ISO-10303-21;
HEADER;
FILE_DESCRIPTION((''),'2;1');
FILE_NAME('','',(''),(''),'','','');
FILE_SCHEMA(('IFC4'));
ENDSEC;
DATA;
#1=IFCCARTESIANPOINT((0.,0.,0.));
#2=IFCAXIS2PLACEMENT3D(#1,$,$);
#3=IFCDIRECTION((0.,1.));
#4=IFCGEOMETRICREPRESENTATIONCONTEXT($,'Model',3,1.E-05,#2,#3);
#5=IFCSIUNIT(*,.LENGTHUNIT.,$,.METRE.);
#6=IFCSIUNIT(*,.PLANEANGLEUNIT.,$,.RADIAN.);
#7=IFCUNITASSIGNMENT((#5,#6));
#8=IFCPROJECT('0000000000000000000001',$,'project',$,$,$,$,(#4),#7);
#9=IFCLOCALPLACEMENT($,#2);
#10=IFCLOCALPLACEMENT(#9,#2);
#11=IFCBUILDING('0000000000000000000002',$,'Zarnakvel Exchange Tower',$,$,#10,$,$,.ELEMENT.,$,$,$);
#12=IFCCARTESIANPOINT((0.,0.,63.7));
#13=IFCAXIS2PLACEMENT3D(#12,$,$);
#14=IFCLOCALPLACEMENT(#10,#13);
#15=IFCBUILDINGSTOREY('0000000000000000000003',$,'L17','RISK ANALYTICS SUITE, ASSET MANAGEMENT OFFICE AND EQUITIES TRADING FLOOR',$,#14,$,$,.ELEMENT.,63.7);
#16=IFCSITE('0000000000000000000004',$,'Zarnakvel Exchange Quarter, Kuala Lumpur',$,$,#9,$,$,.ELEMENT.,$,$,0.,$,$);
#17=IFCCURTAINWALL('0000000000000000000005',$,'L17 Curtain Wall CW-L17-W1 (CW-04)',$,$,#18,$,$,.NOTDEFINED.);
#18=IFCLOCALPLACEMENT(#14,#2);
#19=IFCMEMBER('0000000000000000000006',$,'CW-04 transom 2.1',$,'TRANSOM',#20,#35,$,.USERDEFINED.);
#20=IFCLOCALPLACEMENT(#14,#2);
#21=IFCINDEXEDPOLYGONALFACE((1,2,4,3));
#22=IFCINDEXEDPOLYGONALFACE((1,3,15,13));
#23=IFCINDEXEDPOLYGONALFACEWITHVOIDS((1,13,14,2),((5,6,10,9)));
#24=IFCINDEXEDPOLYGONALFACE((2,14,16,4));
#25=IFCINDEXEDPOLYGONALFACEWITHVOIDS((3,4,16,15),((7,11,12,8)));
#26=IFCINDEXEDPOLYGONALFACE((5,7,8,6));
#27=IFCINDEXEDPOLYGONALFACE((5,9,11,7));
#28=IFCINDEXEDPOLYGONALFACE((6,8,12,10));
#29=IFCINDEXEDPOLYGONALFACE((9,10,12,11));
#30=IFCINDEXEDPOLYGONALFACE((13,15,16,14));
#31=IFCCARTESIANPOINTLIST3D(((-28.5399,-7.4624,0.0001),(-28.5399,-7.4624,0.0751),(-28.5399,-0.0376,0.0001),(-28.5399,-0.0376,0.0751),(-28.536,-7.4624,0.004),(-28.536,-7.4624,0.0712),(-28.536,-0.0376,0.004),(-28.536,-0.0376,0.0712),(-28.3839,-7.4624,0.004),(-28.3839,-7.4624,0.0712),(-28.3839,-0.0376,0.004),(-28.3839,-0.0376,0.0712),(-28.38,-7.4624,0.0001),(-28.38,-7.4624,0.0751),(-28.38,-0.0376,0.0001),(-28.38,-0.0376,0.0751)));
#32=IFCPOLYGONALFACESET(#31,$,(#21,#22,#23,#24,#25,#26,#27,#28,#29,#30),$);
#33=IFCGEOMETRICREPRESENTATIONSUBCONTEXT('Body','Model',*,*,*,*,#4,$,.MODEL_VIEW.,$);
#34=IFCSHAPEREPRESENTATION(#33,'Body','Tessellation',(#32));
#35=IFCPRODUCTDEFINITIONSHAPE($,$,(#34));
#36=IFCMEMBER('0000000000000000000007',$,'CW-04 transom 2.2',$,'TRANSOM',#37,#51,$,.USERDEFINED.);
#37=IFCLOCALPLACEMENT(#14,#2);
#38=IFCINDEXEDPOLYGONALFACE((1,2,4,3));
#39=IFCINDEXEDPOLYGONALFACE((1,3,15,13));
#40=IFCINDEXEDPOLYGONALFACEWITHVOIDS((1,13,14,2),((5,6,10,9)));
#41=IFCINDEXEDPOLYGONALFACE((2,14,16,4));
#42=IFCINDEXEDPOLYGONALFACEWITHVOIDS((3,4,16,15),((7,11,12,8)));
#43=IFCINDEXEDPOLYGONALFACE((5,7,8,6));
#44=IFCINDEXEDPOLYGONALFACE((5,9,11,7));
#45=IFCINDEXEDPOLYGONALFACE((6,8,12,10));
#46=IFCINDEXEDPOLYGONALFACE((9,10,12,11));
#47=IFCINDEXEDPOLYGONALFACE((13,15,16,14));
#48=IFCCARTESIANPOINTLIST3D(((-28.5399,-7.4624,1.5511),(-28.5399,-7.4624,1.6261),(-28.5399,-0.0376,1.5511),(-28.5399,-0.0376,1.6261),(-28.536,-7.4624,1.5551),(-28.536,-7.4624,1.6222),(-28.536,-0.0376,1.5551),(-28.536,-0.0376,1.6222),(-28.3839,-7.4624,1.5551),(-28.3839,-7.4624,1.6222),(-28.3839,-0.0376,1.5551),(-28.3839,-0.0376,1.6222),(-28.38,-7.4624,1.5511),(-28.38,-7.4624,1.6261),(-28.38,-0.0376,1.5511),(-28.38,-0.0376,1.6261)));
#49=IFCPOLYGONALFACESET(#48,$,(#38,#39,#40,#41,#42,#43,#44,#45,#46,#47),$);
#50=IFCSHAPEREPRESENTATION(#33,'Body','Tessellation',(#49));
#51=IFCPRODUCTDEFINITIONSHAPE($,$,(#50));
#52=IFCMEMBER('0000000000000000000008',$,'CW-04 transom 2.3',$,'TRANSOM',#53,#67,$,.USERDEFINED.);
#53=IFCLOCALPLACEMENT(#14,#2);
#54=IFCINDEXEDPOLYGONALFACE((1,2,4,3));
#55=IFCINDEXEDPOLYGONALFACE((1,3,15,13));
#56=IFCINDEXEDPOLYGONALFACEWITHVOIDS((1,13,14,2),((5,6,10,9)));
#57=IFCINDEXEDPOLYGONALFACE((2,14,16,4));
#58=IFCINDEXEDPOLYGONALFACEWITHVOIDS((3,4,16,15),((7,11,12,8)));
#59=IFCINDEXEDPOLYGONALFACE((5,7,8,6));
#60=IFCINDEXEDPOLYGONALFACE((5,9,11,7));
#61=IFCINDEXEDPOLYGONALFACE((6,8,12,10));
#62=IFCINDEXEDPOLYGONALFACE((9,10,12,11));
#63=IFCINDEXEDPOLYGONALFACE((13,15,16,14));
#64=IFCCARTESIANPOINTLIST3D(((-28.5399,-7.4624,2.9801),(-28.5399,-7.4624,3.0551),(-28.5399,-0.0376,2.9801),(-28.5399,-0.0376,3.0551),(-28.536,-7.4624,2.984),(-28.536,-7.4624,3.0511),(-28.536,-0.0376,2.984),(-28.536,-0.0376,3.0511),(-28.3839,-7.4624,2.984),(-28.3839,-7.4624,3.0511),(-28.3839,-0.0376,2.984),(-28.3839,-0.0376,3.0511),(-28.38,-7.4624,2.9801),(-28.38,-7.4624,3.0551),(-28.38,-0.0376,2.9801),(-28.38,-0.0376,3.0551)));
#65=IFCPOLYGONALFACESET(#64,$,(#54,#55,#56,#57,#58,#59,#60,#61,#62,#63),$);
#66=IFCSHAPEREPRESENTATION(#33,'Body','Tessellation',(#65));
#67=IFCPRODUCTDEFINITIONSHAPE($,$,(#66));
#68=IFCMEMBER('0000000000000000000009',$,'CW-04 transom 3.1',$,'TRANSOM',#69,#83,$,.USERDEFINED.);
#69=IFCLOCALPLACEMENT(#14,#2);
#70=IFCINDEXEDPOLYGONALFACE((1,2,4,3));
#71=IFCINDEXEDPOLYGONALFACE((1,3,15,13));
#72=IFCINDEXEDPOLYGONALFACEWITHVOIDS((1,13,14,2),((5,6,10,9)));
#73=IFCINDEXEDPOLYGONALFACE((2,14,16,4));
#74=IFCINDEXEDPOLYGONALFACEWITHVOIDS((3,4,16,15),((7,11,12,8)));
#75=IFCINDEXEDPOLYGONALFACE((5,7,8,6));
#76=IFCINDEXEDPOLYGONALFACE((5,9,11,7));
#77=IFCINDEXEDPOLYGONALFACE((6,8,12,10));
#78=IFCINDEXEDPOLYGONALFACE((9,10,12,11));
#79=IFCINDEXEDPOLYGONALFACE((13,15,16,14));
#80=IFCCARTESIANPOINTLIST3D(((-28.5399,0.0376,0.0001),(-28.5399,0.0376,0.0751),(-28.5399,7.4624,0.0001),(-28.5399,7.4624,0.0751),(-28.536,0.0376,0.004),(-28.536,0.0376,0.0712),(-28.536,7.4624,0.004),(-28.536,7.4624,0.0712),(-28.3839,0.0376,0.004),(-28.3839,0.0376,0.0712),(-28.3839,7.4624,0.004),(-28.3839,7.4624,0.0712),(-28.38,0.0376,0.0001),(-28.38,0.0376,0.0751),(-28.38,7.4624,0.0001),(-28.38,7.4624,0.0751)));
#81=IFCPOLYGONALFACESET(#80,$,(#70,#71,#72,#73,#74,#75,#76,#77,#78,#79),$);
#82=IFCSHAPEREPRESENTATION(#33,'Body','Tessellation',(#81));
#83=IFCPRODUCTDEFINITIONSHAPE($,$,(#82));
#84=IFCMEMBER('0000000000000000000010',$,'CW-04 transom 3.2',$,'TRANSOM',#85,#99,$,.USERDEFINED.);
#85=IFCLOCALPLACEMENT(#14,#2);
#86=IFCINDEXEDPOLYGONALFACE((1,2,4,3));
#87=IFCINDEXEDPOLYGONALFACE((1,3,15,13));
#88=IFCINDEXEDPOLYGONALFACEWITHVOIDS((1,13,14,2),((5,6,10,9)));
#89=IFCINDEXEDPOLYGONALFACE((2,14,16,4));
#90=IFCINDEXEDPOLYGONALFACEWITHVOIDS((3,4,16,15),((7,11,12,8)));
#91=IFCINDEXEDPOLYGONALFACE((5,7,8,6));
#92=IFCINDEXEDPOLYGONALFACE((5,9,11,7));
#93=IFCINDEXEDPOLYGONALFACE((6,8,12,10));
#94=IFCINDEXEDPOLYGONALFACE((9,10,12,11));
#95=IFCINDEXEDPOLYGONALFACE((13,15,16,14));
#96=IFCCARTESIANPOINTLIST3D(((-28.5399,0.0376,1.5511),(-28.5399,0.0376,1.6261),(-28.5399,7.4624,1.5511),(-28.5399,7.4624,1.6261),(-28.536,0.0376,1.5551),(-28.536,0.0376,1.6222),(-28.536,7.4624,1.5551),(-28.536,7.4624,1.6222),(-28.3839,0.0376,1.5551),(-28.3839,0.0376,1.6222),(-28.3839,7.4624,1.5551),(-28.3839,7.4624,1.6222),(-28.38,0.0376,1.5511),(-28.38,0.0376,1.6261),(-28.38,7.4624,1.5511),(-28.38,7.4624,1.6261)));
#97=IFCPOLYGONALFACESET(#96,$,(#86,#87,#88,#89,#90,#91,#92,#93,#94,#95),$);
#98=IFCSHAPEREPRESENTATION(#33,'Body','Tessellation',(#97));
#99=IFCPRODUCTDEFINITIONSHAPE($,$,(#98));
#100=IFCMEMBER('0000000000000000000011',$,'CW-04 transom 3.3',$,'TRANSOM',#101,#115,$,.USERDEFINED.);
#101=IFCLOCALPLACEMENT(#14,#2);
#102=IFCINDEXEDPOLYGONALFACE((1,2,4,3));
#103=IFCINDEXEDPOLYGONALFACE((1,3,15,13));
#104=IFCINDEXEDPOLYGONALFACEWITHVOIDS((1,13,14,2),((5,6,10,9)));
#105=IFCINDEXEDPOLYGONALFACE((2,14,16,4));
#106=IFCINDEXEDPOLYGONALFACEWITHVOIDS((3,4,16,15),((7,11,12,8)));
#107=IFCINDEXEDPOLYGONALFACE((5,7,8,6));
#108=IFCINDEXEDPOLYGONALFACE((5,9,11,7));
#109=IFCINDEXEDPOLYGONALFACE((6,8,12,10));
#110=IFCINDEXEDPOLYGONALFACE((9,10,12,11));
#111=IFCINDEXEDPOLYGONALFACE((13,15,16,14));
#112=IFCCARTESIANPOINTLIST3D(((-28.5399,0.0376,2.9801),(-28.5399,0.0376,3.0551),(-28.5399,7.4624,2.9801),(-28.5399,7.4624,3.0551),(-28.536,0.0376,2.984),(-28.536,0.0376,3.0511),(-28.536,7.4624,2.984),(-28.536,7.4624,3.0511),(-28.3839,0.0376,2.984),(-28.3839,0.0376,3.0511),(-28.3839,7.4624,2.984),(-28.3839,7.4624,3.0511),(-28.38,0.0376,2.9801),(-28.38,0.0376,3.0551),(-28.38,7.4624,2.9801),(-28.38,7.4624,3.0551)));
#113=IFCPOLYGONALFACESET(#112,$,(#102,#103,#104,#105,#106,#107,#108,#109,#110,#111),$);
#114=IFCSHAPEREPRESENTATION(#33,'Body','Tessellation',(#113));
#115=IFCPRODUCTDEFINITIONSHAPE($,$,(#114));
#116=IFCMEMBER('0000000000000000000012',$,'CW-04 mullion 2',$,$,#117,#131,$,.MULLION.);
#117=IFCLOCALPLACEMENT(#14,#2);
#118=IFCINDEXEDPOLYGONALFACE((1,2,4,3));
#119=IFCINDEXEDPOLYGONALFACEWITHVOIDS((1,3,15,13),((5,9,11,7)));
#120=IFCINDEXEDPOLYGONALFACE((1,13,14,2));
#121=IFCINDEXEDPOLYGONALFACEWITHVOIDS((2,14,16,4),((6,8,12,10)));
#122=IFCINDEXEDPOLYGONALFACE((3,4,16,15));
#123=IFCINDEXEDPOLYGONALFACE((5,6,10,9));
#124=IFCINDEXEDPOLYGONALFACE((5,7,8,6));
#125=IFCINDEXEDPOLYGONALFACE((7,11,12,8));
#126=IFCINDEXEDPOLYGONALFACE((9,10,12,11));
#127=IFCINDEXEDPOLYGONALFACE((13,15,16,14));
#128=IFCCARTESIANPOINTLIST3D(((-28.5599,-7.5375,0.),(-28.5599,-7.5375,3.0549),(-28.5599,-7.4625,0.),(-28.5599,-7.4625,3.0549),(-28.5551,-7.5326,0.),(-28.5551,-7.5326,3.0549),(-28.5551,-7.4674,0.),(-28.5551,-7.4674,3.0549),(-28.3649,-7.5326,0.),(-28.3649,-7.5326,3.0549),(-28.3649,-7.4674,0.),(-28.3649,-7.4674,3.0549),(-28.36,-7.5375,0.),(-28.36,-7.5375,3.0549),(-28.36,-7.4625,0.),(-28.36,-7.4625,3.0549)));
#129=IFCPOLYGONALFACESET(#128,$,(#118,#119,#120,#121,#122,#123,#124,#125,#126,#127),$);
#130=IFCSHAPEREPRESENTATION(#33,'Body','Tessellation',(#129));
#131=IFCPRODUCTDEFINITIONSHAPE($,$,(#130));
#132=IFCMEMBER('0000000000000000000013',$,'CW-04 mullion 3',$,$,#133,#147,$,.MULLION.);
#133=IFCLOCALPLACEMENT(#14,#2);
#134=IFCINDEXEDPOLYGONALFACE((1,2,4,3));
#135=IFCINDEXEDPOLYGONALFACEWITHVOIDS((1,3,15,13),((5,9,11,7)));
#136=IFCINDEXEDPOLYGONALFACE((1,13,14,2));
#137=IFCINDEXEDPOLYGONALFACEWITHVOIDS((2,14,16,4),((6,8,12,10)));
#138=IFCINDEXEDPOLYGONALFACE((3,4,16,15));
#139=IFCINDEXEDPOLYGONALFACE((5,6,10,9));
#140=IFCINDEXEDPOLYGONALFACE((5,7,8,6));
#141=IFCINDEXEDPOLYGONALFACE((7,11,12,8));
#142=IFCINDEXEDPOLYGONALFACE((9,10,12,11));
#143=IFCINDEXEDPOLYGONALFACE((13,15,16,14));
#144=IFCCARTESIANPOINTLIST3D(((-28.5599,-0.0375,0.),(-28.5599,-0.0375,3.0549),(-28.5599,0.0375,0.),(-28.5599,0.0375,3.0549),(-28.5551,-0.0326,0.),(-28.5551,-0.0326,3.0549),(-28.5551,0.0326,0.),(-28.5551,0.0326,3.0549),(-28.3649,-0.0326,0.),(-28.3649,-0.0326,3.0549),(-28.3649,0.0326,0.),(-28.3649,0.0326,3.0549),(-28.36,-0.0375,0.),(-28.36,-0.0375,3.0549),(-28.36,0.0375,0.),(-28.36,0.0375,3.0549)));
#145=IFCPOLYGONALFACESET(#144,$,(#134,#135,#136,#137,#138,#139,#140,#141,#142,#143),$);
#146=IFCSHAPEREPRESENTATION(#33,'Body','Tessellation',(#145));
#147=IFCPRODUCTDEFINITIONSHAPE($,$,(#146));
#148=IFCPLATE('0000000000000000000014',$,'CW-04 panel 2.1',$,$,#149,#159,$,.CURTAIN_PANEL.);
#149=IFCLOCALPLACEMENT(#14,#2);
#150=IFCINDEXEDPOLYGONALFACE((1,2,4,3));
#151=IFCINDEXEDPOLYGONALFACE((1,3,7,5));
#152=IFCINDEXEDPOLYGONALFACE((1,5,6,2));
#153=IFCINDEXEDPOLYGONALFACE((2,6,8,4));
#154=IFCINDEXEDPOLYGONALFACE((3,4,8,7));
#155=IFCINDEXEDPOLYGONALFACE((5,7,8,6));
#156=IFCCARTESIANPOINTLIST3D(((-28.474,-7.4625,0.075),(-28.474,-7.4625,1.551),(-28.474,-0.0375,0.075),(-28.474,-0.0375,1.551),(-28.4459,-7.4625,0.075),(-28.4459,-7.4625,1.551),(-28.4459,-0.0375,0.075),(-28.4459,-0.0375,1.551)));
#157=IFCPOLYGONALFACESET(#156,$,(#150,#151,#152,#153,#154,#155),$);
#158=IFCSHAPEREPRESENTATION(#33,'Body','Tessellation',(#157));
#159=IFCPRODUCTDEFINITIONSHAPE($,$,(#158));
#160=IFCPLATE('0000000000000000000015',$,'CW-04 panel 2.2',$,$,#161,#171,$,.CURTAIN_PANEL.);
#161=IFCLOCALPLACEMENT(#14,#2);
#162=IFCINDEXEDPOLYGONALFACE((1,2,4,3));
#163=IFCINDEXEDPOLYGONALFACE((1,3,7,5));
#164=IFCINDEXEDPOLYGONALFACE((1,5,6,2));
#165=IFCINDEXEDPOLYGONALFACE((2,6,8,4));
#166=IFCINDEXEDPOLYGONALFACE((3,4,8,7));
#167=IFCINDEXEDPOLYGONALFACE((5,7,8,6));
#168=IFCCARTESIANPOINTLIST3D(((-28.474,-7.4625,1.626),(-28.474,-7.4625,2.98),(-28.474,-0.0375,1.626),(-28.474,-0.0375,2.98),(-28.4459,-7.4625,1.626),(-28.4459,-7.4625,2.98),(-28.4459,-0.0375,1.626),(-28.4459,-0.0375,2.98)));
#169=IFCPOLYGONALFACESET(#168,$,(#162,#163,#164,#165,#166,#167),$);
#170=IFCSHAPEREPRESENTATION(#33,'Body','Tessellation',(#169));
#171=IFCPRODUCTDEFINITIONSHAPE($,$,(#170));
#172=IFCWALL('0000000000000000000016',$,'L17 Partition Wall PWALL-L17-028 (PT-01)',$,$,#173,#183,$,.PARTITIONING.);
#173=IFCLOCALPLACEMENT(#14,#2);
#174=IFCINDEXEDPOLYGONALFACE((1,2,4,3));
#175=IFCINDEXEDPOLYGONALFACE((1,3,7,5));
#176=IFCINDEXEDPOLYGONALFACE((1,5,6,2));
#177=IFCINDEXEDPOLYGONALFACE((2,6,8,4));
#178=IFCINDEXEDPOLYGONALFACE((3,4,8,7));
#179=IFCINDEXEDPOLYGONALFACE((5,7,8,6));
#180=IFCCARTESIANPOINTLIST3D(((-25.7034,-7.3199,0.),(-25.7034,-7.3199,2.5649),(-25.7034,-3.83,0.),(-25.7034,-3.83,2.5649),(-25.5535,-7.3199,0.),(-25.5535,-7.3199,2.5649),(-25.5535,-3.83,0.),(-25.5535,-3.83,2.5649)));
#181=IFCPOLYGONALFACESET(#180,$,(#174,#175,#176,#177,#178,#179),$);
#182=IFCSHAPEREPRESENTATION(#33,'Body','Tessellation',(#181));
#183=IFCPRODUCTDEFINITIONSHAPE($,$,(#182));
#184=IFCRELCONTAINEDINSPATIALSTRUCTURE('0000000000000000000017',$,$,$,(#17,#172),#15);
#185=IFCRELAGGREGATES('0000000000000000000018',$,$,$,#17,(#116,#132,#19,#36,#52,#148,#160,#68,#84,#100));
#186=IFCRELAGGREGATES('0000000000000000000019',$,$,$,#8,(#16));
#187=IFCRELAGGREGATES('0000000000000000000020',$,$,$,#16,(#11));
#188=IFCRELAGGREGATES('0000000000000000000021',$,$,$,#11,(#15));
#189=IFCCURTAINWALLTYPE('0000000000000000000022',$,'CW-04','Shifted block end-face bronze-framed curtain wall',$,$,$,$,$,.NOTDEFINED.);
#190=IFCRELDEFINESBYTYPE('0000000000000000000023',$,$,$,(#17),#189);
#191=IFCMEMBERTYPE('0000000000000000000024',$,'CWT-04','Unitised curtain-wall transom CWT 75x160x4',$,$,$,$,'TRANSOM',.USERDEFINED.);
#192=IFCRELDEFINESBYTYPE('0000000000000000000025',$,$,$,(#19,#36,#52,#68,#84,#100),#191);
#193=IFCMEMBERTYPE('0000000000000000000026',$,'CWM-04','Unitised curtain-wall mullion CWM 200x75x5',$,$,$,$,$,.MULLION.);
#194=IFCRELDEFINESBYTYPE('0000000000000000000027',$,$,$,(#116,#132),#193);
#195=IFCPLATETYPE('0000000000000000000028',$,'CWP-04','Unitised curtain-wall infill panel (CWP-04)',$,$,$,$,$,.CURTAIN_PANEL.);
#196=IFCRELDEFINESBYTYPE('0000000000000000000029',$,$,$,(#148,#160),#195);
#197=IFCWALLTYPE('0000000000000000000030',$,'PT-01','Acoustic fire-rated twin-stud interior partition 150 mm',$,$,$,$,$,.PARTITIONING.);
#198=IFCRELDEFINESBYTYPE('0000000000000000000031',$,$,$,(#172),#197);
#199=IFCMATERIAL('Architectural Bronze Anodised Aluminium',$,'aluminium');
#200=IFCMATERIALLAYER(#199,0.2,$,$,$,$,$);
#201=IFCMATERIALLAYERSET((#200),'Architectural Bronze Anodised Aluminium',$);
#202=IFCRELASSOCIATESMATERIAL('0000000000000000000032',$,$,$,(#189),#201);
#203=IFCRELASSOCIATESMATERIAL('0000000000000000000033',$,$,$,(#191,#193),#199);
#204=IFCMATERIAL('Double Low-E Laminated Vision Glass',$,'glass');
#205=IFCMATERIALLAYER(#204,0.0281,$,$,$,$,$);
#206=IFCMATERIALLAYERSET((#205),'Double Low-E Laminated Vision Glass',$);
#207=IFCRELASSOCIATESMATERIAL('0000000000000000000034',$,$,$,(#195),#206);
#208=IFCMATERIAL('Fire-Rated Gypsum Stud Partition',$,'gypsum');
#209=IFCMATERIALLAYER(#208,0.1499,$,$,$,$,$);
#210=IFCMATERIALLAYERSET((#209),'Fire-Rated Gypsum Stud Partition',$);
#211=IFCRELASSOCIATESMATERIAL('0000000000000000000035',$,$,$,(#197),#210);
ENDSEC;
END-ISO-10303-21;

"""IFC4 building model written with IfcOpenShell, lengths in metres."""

from ifc_helpers import new_model, si_unit, direction, frame, frame_2d, origin, origin_2d, place, context, subcontext, project, spatial, rectangle, hollow_rectangle, extrude, source, transform, mapped, material, layer, layer_set, material_profile, profile_set, type_object, element, aggregate, save


model = new_model("IFC4")

# Units and contexts
model_context = context("Model", 3, precision=1e-05, world=origin(), true_north=direction((0.0, 1.0)))
body_context = subcontext(model_context, "Body", "Model", "MODEL_VIEW")
ifc_project = project(units=[si_unit("LENGTHUNIT", "METRE"), si_unit("PLANEANGLEUNIT", "RADIAN")], contexts=[model_context])

# Site, building, storey
site_placement = place(None, origin())
site = spatial("IfcSite", under=ifc_project, at=site_placement, Name="Zarnakvel Exchange Quarter, Kuala Lumpur", CompositionType="ELEMENT", RefElevation=0.0)
building_placement = place(site_placement, origin())
building = spatial("IfcBuilding", under=site, at=building_placement, Name="Zarnakvel Exchange Tower", CompositionType="ELEMENT")
storey_placement = place(building_placement, frame((0.0, 0.0, 63.7)))
storey = spatial("IfcBuildingStorey", under=building, at=storey_placement, Name="L17", Description="RISK ANALYTICS SUITE, ASSET MANAGEMENT OFFICE AND EQUITIES TRADING FLOOR", CompositionType="ELEMENT", Elevation=63.7)

# Curtain wall, members, plates
ifc_material_1 = material(Name="Architectural Bronze Anodised Aluminium", Category="aluminium")
ifc_layer_1 = layer(ifc_material_1, 0.2)
ifc_layer_set_1 = layer_set([ifc_layer_1], Name="Architectural Bronze Anodised Aluminium")
curtain_wall_type = type_object("IfcCurtainWallType", Name="CW-04", Description="Shifted block end-face bronze-framed curtain wall", PredefinedType="NOTDEFINED", material=ifc_layer_set_1)
curtain_wall_placement = place(storey_placement, origin())
curtain_wall = element("IfcCurtainWall", 1, at=curtain_wall_placement, inside=storey, type_object=curtain_wall_type, Name="L17 Curtain Wall CW-L17-W1 (CW-04)", PredefinedType="NOTDEFINED")
ifc_material_profile_1 = material_profile(ifc_material_1, hollow_rectangle(XDim=0.1599, YDim=0.075, WallThickness=0.0039, at=origin_2d()))
ifc_profile_set_1 = profile_set([ifc_material_profile_1], Name="Architectural Bronze Anodised Aluminium")
member_type_1 = type_object("IfcMemberType", Name="CWT-04", Description="Unitised curtain-wall transom CWT 75x160x4", ElementType="TRANSOM", PredefinedType="USERDEFINED", material=ifc_profile_set_1)
shared_shape_1 = source(origin(), body_context, "Body", "SweptSolid", [
    extrude(hollow_rectangle(XDim=0.1599, YDim=0.075, WallThickness=0.0039, at=origin_2d()), origin(), (0.0, 0.0, 1.0), 7.4248),
])
member_1_placement = place(storey_placement, frame((-28.46, -7.4624, 0.0376), z_axis=(0.0, 1.0, 0.0), x_axis=(-1.0, 0.0, 0.0)))
member_1 = element("IfcMember", 2, at=member_1_placement, type_object=member_type_1, Name="CW-04 transom 2.1", ObjectType="TRANSOM", PredefinedType="USERDEFINED", context=body_context, shape_type="MappedRepresentation", body=[
    mapped(shared_shape_1, transform((0.0, 0.0, 0.0), x_axis=(1.0, 0.0, 0.0), y_axis=(0.0, 1.0, 0.0), z_axis=(0.0, 0.0, 1.0), scale=1.0)),
])
member_2_placement = place(storey_placement, frame((-28.46, -7.4624, 1.5886), z_axis=(0.0, 1.0, 0.0), x_axis=(-1.0, 0.0, 0.0)))
member_2 = element("IfcMember", 3, at=member_2_placement, type_object=member_type_1, Name="CW-04 transom 2.2", ObjectType="TRANSOM", PredefinedType="USERDEFINED", context=body_context, shape_type="MappedRepresentation", body=[
    mapped(shared_shape_1, transform((0.0, 0.0, 0.0), x_axis=(1.0, 0.0, 0.0), y_axis=(0.0, 1.0, 0.0), z_axis=(0.0, 0.0, 1.0), scale=1.0)),
])
member_3_placement = place(storey_placement, frame((-28.46, -7.4624, 3.0176), z_axis=(0.0, 1.0, 0.0), x_axis=(-1.0, 0.0, 0.0)))
member_3 = element("IfcMember", 4, at=member_3_placement, type_object=member_type_1, Name="CW-04 transom 2.3", ObjectType="TRANSOM", PredefinedType="USERDEFINED", context=body_context, shape_type="MappedRepresentation", body=[
    mapped(shared_shape_1, transform((0.0, 0.0, 0.0), x_axis=(1.0, 0.0, 0.0), y_axis=(0.0, 1.0, 0.0), z_axis=(0.0, 0.0, 1.0), scale=1.0)),
])
member_4_placement = place(storey_placement, frame((-28.46, 0.0376, 0.0376), z_axis=(0.0, 1.0, 0.0), x_axis=(-1.0, 0.0, 0.0)))
member_4 = element("IfcMember", 5, at=member_4_placement, type_object=member_type_1, Name="CW-04 transom 3.1", ObjectType="TRANSOM", PredefinedType="USERDEFINED", context=body_context, shape_type="MappedRepresentation", body=[
    mapped(shared_shape_1, transform((0.0, 0.0, 0.0), x_axis=(1.0, 0.0, 0.0), y_axis=(0.0, 1.0, 0.0), z_axis=(0.0, 0.0, 1.0), scale=1.0)),
])
member_5_placement = place(storey_placement, frame((-28.46, 0.0376, 1.5886), z_axis=(0.0, 1.0, 0.0), x_axis=(-1.0, 0.0, 0.0)))
member_5 = element("IfcMember", 6, at=member_5_placement, type_object=member_type_1, Name="CW-04 transom 3.2", ObjectType="TRANSOM", PredefinedType="USERDEFINED", context=body_context, shape_type="MappedRepresentation", body=[
    mapped(shared_shape_1, transform((0.0, 0.0, 0.0), x_axis=(1.0, 0.0, 0.0), y_axis=(0.0, 1.0, 0.0), z_axis=(0.0, 0.0, 1.0), scale=1.0)),
])
member_6_placement = place(storey_placement, frame((-28.46, 0.0376, 3.0176), z_axis=(0.0, 1.0, 0.0), x_axis=(-1.0, 0.0, 0.0)))
member_6 = element("IfcMember", 7, at=member_6_placement, type_object=member_type_1, Name="CW-04 transom 3.3", ObjectType="TRANSOM", PredefinedType="USERDEFINED", context=body_context, shape_type="MappedRepresentation", body=[
    mapped(shared_shape_1, transform((0.0, 0.0, 0.0), x_axis=(1.0, 0.0, 0.0), y_axis=(0.0, 1.0, 0.0), z_axis=(0.0, 0.0, 1.0), scale=1.0)),
])
ifc_material_profile_2 = material_profile(ifc_material_1, hollow_rectangle(XDim=0.2, YDim=0.075, WallThickness=0.0049, at=origin_2d()))
ifc_profile_set_2 = profile_set([ifc_material_profile_2], Name="Architectural Bronze Anodised Aluminium")
member_type_2 = type_object("IfcMemberType", Name="CWM-04", Description="Unitised curtain-wall mullion CWM 200x75x5", PredefinedType="MULLION", material=ifc_profile_set_2)
shared_shape_2 = source(origin(), body_context, "Body", "SweptSolid", [
    extrude(hollow_rectangle(XDim=0.2, YDim=0.075, WallThickness=0.0049, at=origin_2d()), origin(), (0.0, 0.0, 1.0), 3.0549),
])
member_7_placement = place(storey_placement, frame((-28.46, -7.5, 0.0), z_axis=(0.0, 0.0, 1.0), x_axis=(-1.0, 0.0, 0.0)))
member_7 = element("IfcMember", 8, at=member_7_placement, type_object=member_type_2, Name="CW-04 mullion 2", PredefinedType="MULLION", context=body_context, shape_type="MappedRepresentation", body=[
    mapped(shared_shape_2, transform((0.0, 0.0, 0.0), x_axis=(1.0, 0.0, 0.0), y_axis=(0.0, 1.0, 0.0), z_axis=(0.0, 0.0, 1.0), scale=1.0)),
])
member_8_placement = place(storey_placement, frame((-28.46, 0.0, 0.0), z_axis=(0.0, 0.0, 1.0), x_axis=(-1.0, 0.0, 0.0)))
member_8 = element("IfcMember", 9, at=member_8_placement, type_object=member_type_2, Name="CW-04 mullion 3", PredefinedType="MULLION", context=body_context, shape_type="MappedRepresentation", body=[
    mapped(shared_shape_2, transform((0.0, 0.0, 0.0), x_axis=(1.0, 0.0, 0.0), y_axis=(0.0, 1.0, 0.0), z_axis=(0.0, 0.0, 1.0), scale=1.0)),
])
ifc_material_2 = material(Name="Double Low-E Laminated Vision Glass", Category="glass")
ifc_layer_2 = layer(ifc_material_2, 0.0281)
ifc_layer_set_2 = layer_set([ifc_layer_2], Name="Double Low-E Laminated Vision Glass")
plate_type = type_object("IfcPlateType", Name="CWP-04", Description="Unitised curtain-wall infill panel (CWP-04)", PredefinedType="CURTAIN_PANEL", material=ifc_layer_set_2)
shared_shape_3 = source(origin(), body_context, "Body", "SweptSolid", [
    extrude(rectangle(XDim=7.425, YDim=0.0281, at=origin_2d()), origin(), (0.0, 0.0, 1.0), 1.4761),
])
plate_1_placement = place(storey_placement, frame((-28.46, -3.75, 0.075), z_axis=(0.0, 0.0, 1.0), x_axis=(0.0, 1.0, 0.0)))
plate_1 = element("IfcPlate", 10, at=plate_1_placement, type_object=plate_type, Name="CW-04 panel 2.1", PredefinedType="CURTAIN_PANEL", context=body_context, shape_type="MappedRepresentation", body=[
    mapped(shared_shape_3, transform((0.0, 0.0, 0.0), x_axis=(1.0, 0.0, 0.0), y_axis=(0.0, 1.0, 0.0), z_axis=(0.0, 0.0, 1.0), scale=1.0)),
])
shared_shape_4 = source(origin(), body_context, "Body", "SweptSolid", [
    extrude(rectangle(XDim=7.425, YDim=0.0281, at=origin_2d()), origin(), (0.0, 0.0, 1.0), 1.354),
])
plate_2_placement = place(storey_placement, frame((-28.46, -3.75, 1.626), z_axis=(0.0, 0.0, 1.0), x_axis=(0.0, 1.0, 0.0)))
plate_2 = element("IfcPlate", 11, at=plate_2_placement, type_object=plate_type, Name="CW-04 panel 2.2", PredefinedType="CURTAIN_PANEL", context=body_context, shape_type="MappedRepresentation", body=[
    mapped(shared_shape_4, transform((0.0, 0.0, 0.0), x_axis=(1.0, 0.0, 0.0), y_axis=(0.0, 1.0, 0.0), z_axis=(0.0, 0.0, 1.0), scale=1.0)),
])
aggregate(curtain_wall, [member_7, member_8, member_1, member_2, member_3, plate_1, plate_2, member_4, member_5, member_6])

# Shared definitions
ifc_material_3 = material(Name="Fire-Rated Gypsum Stud Partition", Category="gypsum")
ifc_layer_3 = layer(ifc_material_3, 0.1499)
ifc_layer_set_3 = layer_set([ifc_layer_3], Name="Fire-Rated Gypsum Stud Partition")
wall_type = type_object("IfcWallType", Name="PT-01", Description="Acoustic fire-rated twin-stud interior partition 150 mm", PredefinedType="PARTITIONING", material=ifc_layer_set_3)

# Wall
wall_1_placement = place(storey_placement, frame((-25.6284, -7.3201, 0.0), z_axis=(0.0, 0.0, 1.0), x_axis=(0.0, 1.0, 0.0)))
element("IfcWall", 12, at=wall_1_placement, inside=storey, type_object=wall_type, Name="L17 Partition Wall PWALL-L17-028 (PT-01)", PredefinedType="PARTITIONING", context=body_context, shape_type="SweptSolid", body=[
    extrude(rectangle(XDim=3.49, YDim=0.1499, at=frame_2d((1.7451, 0.0))), origin(), (0.0, 0.0, 1.0), 2.5649),
])

save(model, "model.ifc")
